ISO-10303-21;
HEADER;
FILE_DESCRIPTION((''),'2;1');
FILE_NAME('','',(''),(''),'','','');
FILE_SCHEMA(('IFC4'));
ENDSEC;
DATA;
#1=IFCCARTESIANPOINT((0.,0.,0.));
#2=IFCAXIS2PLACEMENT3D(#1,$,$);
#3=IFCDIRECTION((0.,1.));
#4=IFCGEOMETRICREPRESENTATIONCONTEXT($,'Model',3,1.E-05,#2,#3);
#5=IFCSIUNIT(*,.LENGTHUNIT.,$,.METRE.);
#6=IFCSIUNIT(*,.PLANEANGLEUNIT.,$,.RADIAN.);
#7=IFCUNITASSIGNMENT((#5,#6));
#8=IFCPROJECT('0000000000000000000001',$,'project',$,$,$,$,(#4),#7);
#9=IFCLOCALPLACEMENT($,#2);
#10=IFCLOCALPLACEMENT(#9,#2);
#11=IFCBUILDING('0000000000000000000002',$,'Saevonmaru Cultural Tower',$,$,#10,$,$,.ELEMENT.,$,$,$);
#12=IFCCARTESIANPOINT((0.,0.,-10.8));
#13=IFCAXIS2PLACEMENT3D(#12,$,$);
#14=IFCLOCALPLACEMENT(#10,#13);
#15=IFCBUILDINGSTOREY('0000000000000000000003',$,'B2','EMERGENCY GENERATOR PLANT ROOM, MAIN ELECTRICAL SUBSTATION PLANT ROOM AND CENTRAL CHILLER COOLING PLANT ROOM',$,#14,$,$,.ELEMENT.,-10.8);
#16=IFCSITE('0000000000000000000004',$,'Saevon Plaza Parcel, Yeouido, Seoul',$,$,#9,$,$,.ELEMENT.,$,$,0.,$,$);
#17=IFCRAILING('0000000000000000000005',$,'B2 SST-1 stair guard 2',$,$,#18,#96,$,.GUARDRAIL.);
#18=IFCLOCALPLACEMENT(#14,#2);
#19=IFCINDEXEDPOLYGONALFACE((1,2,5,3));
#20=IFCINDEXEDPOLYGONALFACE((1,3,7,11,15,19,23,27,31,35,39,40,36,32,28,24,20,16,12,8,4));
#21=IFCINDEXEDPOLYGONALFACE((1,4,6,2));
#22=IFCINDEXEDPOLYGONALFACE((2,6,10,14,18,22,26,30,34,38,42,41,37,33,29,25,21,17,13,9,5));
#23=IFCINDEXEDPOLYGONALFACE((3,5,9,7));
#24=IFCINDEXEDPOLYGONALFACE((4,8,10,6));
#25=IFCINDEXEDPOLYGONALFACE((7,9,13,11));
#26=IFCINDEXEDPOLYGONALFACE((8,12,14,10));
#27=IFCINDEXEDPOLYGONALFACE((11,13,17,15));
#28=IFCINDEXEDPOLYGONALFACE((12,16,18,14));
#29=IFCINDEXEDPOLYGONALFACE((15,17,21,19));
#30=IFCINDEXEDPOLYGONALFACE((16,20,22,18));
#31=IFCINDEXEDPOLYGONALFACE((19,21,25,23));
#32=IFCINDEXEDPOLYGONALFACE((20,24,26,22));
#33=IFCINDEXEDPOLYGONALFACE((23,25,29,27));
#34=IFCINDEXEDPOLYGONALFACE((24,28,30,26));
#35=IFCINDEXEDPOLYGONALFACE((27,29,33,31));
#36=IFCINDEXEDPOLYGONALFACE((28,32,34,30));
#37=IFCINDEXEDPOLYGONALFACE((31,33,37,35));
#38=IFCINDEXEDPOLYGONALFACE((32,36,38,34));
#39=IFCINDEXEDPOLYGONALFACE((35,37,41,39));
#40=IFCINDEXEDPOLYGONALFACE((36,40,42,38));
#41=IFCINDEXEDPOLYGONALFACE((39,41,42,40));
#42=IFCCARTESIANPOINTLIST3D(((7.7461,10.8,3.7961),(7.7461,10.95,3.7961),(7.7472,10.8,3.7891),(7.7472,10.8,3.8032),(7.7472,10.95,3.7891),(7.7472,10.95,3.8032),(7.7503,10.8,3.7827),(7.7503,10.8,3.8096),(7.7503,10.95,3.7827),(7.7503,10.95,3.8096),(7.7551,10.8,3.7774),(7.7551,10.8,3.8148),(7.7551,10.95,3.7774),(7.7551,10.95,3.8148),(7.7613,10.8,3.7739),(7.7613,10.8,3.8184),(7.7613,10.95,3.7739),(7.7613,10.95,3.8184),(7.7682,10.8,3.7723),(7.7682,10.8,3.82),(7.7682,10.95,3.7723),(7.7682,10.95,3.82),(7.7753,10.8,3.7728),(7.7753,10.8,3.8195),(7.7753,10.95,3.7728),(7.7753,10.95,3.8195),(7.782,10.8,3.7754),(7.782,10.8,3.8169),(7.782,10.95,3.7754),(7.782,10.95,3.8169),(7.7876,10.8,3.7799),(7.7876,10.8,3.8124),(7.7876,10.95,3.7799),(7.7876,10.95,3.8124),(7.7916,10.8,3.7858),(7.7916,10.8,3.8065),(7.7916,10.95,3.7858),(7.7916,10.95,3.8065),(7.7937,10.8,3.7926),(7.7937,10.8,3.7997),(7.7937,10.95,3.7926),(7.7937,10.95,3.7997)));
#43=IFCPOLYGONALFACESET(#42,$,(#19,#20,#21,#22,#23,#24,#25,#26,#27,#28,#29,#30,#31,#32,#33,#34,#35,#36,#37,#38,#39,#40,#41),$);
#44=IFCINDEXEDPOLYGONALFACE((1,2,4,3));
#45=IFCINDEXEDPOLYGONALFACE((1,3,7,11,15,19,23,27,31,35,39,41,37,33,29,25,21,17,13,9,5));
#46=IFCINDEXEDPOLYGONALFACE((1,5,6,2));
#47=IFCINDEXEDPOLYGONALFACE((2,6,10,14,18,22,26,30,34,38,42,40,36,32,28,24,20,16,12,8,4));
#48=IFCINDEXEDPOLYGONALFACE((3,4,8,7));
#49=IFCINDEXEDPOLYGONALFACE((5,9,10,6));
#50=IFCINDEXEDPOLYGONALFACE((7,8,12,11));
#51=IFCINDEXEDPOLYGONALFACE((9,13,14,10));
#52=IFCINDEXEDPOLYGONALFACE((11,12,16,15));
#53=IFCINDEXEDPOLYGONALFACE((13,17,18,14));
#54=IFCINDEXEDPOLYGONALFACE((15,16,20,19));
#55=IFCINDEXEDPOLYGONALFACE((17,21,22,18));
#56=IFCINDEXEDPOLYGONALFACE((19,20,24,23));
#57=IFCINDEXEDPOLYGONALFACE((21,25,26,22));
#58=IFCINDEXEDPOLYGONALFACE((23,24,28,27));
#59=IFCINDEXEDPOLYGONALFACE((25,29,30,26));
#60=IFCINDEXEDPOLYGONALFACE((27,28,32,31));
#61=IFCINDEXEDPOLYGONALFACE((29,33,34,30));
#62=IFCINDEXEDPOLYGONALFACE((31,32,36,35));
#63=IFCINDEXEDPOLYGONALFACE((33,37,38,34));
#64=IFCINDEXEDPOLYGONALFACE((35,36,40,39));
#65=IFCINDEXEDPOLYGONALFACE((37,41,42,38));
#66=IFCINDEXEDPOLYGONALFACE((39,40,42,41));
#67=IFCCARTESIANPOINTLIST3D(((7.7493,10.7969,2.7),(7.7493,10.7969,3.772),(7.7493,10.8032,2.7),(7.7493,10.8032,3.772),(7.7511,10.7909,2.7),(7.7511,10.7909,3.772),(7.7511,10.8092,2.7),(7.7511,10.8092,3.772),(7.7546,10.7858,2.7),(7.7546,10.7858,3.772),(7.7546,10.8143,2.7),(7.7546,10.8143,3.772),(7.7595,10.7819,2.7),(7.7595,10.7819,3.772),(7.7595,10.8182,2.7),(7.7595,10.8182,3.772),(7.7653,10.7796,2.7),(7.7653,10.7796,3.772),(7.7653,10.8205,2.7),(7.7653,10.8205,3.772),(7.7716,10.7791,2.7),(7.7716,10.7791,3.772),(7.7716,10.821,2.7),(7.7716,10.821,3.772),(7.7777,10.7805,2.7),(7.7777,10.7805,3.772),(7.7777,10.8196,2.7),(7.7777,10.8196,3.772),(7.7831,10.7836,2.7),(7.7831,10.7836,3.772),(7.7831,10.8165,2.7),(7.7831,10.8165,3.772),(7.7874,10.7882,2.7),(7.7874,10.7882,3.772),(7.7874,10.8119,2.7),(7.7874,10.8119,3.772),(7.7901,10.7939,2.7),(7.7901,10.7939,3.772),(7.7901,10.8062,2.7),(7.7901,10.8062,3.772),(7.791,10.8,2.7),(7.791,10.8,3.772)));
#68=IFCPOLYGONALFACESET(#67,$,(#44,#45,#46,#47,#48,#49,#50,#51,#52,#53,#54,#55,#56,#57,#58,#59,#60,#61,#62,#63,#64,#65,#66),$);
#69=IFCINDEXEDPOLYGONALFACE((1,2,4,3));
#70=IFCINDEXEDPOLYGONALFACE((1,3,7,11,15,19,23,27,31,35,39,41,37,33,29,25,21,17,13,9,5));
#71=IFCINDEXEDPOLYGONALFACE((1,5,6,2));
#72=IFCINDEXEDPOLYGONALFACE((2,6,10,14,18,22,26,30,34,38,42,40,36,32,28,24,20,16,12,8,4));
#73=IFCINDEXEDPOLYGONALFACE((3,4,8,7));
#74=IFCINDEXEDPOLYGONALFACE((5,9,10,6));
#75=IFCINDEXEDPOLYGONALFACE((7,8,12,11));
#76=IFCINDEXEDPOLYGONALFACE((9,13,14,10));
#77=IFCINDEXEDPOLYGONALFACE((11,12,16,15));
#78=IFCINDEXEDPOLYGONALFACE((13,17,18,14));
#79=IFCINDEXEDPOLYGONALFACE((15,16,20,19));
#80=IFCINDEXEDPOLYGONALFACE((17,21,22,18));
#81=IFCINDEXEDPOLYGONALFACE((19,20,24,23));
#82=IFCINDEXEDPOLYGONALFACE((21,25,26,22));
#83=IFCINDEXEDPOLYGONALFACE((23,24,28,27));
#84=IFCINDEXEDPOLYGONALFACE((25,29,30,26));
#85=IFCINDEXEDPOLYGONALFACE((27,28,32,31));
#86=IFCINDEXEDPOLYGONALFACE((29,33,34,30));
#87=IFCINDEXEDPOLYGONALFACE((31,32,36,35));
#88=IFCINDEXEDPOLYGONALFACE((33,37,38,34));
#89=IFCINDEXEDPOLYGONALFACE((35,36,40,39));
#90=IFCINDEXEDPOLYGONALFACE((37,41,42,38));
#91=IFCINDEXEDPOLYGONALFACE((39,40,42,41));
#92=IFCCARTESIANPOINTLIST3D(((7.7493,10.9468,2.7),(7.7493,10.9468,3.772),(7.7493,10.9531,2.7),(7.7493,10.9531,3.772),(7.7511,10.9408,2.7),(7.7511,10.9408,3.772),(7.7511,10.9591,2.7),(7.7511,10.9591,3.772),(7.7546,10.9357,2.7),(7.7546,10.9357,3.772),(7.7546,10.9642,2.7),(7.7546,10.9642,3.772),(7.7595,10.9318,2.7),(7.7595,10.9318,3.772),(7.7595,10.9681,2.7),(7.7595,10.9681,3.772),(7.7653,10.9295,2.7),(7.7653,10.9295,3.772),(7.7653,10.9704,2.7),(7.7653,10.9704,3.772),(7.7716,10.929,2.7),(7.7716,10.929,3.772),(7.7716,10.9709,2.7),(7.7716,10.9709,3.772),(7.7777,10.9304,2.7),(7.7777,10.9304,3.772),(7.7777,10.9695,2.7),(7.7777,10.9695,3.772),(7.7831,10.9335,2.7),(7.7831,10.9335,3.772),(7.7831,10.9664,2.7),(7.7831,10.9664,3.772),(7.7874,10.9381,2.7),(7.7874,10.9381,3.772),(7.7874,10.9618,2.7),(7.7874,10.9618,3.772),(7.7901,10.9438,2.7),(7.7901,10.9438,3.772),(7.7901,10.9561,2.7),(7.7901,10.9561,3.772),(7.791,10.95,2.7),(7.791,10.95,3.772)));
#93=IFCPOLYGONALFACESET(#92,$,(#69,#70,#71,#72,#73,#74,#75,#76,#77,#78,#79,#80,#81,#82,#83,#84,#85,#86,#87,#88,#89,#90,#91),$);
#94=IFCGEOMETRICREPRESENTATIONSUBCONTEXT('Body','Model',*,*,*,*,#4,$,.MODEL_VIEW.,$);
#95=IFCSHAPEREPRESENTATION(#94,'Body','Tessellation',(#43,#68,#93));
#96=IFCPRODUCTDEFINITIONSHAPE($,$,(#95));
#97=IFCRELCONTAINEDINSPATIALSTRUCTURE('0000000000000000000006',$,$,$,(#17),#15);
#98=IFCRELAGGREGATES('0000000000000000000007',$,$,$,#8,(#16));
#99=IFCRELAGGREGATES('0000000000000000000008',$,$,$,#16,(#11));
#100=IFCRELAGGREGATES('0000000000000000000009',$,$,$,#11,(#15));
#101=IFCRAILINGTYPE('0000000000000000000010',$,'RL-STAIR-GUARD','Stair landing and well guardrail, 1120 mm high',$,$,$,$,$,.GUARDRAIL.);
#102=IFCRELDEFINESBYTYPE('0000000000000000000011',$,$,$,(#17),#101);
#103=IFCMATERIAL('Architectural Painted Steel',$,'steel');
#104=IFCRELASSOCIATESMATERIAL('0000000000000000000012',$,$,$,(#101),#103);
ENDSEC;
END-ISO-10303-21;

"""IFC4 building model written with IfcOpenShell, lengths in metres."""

from ifc_helpers import new_model, si_unit, direction, frame, origin, origin_2d, place, context, subcontext, project, spatial, circle, extrude, material, type_object, element, save


model = new_model("IFC4")

# Units and contexts
model_context = context("Model", 3, precision=1e-05, world=origin(), true_north=direction((0.0, 1.0)))
body_context = subcontext(model_context, "Body", "Model", "MODEL_VIEW")
ifc_project = project(units=[si_unit("LENGTHUNIT", "METRE"), si_unit("PLANEANGLEUNIT", "RADIAN")], contexts=[model_context])

# Site, building, storey
site_placement = place(None, origin())
site = spatial("IfcSite", under=ifc_project, at=site_placement, Name="Saevon Plaza Parcel, Yeouido, Seoul", CompositionType="ELEMENT", RefElevation=0.0)
building_placement = place(site_placement, origin())
building = spatial("IfcBuilding", under=site, at=building_placement, Name="Saevonmaru Cultural Tower", CompositionType="ELEMENT")
storey_placement = place(building_placement, frame((0.0, 0.0, -10.8)))
storey = spatial("IfcBuildingStorey", under=building, at=storey_placement, Name="B2", Description="EMERGENCY GENERATOR PLANT ROOM, MAIN ELECTRICAL SUBSTATION PLANT ROOM AND CENTRAL CHILLER COOLING PLANT ROOM", CompositionType="ELEMENT", Elevation=-10.8)

# Railing
ifc_material_1 = material(Name="Architectural Painted Steel", Category="steel")
railing_type_1 = type_object("IfcRailingType", Name="RL-STAIR-GUARD", Description="Stair landing and well guardrail, 1120 mm high", PredefinedType="GUARDRAIL", material=ifc_material_1)
railing_1_placement = place(storey_placement, frame((7.77, 10.8, 2.7)))
element("IfcRailing", 1, at=railing_1_placement, inside=storey, type_object=railing_type_1, Name="B2 SST-1 stair guard 2", PredefinedType="GUARDRAIL", context=body_context, shape_type="SweptSolid", body=[
    extrude(circle(Radius=0.0239, at=origin_2d()), frame((0.0, 0.0, 1.0962), z_axis=(0.0, 1.0, 0.0), x_axis=(-1.0, 0.0, 0.0)), (0.0, 0.0, 1.0), 0.1499),
    extrude(circle(Radius=0.021, at=origin_2d()), origin(), (0.0, 0.0, 1.0), 1.072),
    extrude(circle(Radius=0.021, at=origin_2d()), frame((0.0, 0.1499, 0.0)), (0.0, 0.0, 1.0), 1.072),
])

save(model, "model.ifc")
